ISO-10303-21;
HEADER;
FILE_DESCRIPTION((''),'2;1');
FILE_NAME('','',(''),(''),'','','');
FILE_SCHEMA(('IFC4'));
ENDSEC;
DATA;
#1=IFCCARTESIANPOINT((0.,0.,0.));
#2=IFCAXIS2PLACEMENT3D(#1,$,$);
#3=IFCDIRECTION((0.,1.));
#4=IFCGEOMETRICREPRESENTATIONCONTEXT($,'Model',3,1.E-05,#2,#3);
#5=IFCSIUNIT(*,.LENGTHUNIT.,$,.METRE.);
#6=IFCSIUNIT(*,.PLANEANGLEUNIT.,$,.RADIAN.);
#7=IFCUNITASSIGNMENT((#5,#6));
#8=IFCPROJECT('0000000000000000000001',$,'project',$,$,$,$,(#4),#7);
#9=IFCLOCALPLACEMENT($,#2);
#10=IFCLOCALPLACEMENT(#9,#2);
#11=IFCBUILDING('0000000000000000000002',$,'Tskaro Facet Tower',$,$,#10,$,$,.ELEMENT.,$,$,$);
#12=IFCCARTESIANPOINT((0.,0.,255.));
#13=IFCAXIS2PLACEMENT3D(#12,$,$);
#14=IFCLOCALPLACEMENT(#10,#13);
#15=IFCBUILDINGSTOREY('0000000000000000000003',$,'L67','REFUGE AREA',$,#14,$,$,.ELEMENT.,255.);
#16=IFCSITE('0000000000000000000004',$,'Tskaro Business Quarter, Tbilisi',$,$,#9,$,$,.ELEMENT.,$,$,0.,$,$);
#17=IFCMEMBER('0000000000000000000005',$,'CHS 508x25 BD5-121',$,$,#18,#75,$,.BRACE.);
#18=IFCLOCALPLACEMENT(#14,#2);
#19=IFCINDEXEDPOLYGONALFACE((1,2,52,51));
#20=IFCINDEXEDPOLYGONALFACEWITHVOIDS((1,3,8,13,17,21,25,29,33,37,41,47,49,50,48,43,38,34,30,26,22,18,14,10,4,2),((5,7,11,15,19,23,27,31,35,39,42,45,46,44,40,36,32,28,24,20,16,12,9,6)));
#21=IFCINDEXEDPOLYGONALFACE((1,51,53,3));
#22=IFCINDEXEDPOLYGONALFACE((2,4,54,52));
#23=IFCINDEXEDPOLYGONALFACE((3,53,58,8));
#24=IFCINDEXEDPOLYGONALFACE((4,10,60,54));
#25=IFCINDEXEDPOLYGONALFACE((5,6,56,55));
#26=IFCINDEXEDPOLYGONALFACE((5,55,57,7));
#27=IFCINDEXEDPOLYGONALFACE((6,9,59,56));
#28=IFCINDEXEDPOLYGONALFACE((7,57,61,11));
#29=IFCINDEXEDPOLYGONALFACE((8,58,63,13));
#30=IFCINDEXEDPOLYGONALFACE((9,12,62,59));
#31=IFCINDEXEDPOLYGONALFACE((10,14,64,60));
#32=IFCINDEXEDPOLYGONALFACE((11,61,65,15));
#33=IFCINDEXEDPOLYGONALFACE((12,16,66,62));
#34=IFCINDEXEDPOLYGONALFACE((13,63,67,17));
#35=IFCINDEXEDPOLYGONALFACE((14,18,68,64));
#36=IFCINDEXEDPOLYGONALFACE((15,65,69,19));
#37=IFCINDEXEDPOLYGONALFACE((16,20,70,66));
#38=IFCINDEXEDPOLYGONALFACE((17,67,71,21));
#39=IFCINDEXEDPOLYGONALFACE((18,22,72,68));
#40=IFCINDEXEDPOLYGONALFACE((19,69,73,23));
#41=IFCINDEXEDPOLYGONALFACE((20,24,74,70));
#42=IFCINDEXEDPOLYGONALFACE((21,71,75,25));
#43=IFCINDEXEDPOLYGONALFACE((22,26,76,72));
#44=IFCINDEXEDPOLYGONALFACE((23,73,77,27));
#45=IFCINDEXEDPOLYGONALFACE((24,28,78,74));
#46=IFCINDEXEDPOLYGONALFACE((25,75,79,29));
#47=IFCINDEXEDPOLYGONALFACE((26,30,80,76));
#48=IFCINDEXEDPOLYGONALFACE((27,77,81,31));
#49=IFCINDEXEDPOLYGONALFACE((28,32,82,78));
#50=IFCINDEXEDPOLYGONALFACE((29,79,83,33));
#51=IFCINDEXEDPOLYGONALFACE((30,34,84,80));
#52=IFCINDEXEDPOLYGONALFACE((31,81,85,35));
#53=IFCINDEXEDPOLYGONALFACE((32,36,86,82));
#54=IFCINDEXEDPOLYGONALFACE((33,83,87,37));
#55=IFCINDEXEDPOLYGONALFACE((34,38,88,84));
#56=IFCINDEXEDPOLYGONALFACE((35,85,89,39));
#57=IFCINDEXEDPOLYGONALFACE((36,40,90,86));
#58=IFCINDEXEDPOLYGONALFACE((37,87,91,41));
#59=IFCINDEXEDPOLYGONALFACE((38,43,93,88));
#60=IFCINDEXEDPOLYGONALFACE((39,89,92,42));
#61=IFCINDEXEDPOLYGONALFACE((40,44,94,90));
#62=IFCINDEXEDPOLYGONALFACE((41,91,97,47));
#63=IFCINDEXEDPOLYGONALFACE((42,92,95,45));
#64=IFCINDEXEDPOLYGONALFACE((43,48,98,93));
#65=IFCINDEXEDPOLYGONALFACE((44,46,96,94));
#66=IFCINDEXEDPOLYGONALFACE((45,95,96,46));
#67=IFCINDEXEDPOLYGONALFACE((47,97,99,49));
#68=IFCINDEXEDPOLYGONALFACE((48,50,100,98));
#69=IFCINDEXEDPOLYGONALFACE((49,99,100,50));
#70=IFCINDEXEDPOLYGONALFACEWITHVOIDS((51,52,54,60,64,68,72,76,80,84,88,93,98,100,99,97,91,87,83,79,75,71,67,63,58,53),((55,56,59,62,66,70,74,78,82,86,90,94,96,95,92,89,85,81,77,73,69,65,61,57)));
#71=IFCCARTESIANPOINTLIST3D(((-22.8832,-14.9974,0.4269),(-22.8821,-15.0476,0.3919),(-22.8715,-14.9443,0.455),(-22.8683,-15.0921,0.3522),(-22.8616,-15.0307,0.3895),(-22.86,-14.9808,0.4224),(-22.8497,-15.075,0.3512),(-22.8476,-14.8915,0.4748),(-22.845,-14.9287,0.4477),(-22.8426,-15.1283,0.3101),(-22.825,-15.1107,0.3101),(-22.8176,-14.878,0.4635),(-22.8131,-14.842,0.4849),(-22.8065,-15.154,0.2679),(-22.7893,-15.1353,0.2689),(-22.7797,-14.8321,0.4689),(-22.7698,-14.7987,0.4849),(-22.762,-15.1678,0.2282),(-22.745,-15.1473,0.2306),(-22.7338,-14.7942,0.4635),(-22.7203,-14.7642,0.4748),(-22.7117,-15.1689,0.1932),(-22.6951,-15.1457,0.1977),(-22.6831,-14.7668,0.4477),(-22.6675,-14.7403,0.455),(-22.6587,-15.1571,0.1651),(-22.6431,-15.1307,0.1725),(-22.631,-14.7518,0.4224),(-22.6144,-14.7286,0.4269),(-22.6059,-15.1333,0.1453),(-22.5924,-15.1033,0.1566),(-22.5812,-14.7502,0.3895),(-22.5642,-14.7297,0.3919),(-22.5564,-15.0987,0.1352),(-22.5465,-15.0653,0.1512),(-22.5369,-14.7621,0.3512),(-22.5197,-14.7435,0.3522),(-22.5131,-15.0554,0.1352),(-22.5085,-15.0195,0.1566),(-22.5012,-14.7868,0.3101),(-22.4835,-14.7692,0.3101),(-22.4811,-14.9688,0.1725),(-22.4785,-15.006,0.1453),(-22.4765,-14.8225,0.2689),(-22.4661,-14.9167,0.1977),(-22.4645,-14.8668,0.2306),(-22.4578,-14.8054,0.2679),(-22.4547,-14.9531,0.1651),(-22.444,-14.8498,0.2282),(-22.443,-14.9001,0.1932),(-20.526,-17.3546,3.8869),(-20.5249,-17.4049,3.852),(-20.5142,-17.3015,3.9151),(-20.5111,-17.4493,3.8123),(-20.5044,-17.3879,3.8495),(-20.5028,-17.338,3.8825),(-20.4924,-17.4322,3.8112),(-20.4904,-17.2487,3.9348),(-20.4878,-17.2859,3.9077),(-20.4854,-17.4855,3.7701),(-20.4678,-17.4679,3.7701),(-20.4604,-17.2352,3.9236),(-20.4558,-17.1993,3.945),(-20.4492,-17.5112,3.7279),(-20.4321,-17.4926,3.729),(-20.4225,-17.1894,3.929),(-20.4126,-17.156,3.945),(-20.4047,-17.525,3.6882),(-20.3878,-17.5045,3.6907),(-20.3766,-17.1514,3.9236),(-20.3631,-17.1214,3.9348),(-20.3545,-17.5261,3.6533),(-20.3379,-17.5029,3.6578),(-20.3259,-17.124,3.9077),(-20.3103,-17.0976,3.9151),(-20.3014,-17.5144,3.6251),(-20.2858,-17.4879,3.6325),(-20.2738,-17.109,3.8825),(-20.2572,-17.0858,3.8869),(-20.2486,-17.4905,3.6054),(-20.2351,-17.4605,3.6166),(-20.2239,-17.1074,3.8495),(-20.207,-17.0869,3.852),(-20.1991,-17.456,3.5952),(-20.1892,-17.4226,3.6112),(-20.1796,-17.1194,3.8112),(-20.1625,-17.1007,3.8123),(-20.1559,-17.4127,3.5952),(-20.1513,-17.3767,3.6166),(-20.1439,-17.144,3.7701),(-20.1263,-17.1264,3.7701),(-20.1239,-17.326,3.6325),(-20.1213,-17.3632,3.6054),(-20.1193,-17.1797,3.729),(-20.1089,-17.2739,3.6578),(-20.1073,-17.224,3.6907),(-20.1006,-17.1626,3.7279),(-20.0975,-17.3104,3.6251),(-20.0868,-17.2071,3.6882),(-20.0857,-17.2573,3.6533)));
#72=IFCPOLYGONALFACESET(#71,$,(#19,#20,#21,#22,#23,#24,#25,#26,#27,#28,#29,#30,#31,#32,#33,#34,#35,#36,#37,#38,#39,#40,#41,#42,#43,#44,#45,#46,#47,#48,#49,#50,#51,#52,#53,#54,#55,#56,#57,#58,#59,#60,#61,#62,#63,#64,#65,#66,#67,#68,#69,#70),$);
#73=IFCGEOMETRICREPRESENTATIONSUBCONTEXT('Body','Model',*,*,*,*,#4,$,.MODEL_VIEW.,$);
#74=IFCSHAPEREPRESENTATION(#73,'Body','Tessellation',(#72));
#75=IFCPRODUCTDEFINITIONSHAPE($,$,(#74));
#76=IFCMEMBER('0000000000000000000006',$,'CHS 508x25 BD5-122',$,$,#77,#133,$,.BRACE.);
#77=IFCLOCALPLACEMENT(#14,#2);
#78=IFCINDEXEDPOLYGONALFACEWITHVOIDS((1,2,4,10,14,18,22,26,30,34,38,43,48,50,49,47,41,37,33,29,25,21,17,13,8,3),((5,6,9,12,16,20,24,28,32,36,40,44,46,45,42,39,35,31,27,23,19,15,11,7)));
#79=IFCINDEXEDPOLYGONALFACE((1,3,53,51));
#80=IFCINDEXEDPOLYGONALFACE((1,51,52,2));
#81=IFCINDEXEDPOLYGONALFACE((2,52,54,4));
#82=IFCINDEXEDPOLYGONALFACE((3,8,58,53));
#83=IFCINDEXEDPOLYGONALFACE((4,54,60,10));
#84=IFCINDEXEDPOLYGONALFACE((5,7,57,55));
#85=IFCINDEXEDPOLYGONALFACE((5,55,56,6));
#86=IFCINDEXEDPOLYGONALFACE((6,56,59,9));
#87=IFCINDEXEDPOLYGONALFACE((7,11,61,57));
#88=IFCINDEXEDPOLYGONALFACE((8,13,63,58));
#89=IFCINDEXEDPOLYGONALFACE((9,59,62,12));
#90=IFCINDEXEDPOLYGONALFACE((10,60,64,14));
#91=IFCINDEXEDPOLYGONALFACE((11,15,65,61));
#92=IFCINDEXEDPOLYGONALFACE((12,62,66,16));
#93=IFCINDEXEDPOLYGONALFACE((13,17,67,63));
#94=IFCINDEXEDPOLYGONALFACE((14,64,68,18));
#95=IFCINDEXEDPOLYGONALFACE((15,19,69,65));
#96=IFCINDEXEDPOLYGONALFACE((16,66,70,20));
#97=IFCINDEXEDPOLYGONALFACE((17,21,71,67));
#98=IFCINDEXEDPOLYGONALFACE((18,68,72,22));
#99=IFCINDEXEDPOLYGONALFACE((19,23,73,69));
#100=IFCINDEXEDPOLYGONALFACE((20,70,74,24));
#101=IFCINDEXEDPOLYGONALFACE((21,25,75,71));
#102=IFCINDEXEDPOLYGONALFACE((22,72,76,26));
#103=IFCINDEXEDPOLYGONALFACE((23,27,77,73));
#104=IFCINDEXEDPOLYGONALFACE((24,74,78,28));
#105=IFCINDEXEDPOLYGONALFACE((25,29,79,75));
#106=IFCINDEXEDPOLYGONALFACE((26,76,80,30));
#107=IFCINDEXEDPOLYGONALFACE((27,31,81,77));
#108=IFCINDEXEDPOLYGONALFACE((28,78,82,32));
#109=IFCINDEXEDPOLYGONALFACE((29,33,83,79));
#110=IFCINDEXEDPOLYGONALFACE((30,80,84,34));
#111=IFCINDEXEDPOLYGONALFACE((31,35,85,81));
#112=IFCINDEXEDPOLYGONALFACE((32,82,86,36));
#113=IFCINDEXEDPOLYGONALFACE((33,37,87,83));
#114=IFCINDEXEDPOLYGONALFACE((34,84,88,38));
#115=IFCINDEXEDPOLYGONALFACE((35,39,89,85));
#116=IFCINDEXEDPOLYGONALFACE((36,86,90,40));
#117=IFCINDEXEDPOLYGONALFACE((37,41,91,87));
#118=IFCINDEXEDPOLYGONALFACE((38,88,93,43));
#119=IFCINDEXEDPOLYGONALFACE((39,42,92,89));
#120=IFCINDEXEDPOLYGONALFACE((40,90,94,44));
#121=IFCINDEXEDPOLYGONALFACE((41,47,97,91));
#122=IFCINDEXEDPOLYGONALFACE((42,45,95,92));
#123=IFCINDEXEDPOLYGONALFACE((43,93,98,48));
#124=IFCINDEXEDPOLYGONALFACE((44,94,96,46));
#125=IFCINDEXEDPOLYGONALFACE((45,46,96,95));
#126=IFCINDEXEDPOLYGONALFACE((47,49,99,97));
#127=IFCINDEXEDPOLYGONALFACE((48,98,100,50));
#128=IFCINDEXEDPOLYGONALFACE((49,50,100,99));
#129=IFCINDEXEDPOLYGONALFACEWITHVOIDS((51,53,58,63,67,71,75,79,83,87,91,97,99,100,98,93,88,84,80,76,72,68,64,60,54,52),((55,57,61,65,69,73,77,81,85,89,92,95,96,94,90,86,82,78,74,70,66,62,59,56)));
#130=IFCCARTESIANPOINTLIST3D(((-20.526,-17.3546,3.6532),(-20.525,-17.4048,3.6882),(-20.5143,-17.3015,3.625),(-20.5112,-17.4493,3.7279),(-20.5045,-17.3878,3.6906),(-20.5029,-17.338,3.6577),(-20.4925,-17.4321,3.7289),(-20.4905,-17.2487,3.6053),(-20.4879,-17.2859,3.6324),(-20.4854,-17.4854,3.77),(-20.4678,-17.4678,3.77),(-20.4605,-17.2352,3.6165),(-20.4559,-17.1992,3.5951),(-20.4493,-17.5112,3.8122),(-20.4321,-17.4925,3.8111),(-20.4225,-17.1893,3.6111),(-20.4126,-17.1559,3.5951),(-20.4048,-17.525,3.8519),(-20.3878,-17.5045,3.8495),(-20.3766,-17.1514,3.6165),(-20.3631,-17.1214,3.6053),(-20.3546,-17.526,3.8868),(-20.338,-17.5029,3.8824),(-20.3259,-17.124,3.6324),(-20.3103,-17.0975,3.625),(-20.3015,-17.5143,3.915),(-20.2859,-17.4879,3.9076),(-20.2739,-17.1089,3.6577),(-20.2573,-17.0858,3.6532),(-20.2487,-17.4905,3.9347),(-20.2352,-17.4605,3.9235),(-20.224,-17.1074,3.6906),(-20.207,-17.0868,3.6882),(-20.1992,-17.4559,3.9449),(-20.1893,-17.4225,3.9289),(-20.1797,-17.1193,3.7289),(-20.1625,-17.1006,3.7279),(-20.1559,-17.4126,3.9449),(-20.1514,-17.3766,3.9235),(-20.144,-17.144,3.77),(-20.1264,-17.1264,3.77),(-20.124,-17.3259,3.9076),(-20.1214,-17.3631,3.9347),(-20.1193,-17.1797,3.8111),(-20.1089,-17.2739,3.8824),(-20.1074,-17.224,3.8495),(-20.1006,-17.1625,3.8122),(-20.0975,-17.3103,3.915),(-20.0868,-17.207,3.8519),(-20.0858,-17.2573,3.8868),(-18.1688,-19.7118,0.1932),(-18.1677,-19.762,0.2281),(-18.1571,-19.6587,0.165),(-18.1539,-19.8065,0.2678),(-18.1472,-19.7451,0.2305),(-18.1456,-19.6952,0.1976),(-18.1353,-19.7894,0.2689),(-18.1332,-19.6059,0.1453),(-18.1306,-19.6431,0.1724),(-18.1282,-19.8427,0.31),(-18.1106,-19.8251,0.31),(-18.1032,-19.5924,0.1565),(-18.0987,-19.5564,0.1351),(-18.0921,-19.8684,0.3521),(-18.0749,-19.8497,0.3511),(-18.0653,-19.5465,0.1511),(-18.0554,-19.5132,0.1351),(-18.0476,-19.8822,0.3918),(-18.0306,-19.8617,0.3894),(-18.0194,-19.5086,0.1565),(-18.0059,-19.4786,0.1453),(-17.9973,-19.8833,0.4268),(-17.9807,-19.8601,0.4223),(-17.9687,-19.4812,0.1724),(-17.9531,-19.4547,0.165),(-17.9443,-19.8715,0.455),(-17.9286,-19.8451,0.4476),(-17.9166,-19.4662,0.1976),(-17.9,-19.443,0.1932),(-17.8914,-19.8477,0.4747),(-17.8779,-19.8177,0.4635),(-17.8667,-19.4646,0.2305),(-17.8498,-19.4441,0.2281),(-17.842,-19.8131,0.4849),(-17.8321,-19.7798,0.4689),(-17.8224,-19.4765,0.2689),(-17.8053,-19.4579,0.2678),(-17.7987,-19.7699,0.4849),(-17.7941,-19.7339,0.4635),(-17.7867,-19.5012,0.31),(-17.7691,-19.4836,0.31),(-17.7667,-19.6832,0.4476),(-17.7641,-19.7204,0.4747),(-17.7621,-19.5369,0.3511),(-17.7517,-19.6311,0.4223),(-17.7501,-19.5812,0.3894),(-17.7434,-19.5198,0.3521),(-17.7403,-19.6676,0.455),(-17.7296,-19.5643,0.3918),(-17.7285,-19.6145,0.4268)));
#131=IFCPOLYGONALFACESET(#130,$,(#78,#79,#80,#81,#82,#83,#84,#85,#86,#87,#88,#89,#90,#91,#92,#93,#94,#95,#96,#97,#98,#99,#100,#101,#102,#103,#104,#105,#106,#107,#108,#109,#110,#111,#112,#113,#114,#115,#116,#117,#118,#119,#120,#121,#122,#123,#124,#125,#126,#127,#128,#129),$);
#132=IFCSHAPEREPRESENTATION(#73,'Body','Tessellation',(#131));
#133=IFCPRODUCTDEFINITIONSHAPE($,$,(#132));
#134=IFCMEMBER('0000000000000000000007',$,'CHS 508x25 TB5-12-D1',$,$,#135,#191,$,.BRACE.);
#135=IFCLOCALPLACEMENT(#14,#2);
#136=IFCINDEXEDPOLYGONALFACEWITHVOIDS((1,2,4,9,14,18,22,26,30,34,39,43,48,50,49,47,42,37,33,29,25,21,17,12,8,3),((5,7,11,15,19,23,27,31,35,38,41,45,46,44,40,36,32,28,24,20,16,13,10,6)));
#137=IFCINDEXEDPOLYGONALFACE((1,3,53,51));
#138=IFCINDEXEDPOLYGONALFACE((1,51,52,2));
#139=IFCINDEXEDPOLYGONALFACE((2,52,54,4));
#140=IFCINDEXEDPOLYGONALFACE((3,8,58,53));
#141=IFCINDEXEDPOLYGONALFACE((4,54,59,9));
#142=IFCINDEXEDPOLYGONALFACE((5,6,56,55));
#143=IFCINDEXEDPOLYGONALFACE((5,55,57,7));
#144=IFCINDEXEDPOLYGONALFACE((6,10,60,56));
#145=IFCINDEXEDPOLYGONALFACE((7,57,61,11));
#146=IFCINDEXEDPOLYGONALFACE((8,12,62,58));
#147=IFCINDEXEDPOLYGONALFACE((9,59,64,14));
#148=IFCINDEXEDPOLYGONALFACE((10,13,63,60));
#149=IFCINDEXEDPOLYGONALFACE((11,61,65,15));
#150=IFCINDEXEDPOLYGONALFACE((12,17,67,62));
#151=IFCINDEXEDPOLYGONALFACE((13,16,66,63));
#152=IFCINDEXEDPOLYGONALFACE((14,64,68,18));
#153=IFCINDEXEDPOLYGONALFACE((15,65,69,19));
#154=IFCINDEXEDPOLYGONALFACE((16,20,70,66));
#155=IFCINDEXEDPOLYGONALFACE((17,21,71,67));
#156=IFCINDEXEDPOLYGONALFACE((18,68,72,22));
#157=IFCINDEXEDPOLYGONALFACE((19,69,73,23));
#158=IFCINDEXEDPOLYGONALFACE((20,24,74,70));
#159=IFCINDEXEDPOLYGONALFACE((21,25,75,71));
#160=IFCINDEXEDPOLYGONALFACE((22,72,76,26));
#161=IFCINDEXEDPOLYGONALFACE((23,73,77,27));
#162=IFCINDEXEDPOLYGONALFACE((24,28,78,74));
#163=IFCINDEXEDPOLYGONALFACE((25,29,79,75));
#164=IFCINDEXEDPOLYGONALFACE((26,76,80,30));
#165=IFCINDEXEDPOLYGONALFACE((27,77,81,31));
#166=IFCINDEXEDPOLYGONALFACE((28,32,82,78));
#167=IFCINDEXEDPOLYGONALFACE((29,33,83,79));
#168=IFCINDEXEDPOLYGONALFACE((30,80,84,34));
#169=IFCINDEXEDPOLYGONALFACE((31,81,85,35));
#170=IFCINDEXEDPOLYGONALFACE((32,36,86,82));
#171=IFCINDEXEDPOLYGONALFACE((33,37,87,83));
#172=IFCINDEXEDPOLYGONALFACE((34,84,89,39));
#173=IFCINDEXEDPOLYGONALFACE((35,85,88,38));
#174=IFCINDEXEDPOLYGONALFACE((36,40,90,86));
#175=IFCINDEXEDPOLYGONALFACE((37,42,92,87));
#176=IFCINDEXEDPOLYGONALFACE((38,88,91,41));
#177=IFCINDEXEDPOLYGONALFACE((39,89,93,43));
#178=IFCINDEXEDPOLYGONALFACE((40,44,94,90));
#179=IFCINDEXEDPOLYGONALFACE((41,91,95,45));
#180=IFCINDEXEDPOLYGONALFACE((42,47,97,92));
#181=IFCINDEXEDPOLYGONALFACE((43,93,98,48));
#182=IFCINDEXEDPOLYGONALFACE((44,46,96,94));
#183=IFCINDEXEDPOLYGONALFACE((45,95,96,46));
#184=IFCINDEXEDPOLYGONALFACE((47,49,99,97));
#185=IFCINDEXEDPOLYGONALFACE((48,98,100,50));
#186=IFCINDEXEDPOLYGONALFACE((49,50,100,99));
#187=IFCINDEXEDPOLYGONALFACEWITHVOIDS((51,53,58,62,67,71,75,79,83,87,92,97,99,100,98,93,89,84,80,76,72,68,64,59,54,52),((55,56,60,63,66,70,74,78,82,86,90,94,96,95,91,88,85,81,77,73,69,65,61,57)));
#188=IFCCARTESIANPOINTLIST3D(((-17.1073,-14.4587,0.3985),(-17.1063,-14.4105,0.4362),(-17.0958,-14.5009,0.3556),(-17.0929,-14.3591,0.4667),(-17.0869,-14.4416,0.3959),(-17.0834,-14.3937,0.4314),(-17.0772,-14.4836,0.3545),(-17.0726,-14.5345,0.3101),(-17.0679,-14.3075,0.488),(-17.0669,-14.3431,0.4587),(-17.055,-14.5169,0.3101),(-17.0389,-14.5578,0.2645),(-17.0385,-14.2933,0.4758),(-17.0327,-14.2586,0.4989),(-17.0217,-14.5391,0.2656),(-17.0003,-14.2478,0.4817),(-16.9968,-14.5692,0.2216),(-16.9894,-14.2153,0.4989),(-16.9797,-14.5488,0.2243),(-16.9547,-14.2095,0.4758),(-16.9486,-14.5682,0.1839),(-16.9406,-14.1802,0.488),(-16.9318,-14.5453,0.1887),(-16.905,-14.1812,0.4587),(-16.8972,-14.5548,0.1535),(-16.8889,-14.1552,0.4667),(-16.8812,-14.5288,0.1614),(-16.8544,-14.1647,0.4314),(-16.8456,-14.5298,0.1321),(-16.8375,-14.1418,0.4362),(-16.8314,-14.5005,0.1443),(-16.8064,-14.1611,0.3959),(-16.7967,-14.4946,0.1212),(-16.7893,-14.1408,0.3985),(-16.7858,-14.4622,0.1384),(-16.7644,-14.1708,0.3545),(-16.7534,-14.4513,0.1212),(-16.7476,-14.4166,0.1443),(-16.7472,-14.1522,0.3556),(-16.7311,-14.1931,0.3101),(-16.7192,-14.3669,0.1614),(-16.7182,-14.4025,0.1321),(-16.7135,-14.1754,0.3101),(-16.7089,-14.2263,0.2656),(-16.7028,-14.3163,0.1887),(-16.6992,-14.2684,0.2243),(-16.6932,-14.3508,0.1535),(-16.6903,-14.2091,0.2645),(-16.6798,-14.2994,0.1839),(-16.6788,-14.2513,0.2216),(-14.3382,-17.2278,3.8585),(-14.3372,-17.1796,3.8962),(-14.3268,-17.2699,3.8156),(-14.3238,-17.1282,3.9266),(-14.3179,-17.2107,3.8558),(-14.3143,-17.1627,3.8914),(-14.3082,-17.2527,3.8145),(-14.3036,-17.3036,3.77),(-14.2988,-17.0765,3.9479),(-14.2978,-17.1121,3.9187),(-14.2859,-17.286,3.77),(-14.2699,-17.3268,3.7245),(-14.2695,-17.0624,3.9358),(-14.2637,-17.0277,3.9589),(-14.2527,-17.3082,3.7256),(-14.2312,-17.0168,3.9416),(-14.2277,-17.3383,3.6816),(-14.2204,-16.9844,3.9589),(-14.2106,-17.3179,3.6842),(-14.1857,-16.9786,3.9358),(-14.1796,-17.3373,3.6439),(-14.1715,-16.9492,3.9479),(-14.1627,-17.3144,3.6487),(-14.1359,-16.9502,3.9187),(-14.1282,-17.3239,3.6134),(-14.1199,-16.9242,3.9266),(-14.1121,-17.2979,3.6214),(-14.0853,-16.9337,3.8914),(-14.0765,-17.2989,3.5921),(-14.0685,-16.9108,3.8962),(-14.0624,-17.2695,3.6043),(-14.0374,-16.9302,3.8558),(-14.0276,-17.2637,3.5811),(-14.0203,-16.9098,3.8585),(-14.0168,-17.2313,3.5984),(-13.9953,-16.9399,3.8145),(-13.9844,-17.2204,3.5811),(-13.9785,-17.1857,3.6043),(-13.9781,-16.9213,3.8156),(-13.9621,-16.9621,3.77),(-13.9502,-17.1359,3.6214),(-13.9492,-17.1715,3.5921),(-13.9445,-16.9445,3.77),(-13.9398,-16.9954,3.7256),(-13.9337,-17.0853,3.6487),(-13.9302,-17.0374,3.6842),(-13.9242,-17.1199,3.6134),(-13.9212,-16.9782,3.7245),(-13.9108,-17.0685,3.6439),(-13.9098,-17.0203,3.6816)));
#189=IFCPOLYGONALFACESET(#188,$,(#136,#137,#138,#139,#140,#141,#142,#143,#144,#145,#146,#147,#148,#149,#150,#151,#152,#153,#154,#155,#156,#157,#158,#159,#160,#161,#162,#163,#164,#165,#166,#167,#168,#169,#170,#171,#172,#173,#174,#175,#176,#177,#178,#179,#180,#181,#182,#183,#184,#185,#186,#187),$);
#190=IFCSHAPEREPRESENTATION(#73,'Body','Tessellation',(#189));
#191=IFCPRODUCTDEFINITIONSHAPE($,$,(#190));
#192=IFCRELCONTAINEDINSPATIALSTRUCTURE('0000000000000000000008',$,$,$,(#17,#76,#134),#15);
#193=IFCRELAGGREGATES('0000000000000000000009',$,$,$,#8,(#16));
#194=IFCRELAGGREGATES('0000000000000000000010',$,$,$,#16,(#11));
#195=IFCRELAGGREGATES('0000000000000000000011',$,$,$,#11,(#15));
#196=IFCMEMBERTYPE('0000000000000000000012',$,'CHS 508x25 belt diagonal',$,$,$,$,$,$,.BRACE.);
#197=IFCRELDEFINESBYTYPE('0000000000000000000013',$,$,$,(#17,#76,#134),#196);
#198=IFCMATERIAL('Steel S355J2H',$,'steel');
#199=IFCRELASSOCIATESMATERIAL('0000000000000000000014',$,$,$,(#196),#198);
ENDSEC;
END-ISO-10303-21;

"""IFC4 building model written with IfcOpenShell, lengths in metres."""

from ifc_helpers import new_model, si_unit, direction, frame, origin, origin_2d, place, context, subcontext, project, spatial, hollow_circle, extrude, material, material_profile, profile_set, type_object, element, save


model = new_model("IFC4")

# Units and contexts
model_context = context("Model", 3, precision=1e-05, world=origin(), true_north=direction((0.0, 1.0)))
body_context = subcontext(model_context, "Body", "Model", "MODEL_VIEW")
ifc_project = project(units=[si_unit("LENGTHUNIT", "METRE"), si_unit("PLANEANGLEUNIT", "RADIAN")], contexts=[model_context])

# Site, building, storey
site_placement = place(None, origin())
site = spatial("IfcSite", under=ifc_project, at=site_placement, Name="Tskaro Business Quarter, Tbilisi", CompositionType="ELEMENT", RefElevation=0.0)
building_placement = place(site_placement, origin())
building = spatial("IfcBuilding", under=site, at=building_placement, Name="Tskaro Facet Tower", CompositionType="ELEMENT")
storey_placement = place(building_placement, frame((0.0, 0.0, 255.0)))
storey = spatial("IfcBuildingStorey", under=building, at=storey_placement, Name="L67", Description="REFUGE AREA", CompositionType="ELEMENT", Elevation=255.0)

# Shared definitions
ifc_material_1 = material(Name="Steel S355J2H", Category="steel")

# Members
ifc_material_profile_1 = material_profile(ifc_material_1, hollow_circle(Radius=0.2539, WallThickness=0.0249, at=origin_2d()), Name="CHS 508x25")
ifc_profile_set_1 = profile_set([ifc_material_profile_1], Name="Steel S355J2H")
member_type_1 = type_object("IfcMemberType", Name="CHS 508x25 belt diagonal", PredefinedType="BRACE", material=ifc_profile_set_1)
for number, where, z_axis, x_axis, name in (
    (1, (-22.6631, -14.9487, 0.3101), (0.490611, -0.490611, 0.720139), (0.707107, 0.707107, 0.0), "CHS 508x25 BD5-121"),
    (2, (-20.3059, -17.3059, 3.77), (0.490611, -0.490611, -0.720139), (0.707107, 0.707107, 0.0), "CHS 508x25 BD5-122"),
):
    element("IfcMember", number, at=place(storey_placement, frame(where, z_axis=z_axis, x_axis=x_axis)), inside=storey, type_object=member_type_1, Name=name, PredefinedType="BRACE", context=body_context, shape_type="SweptSolid", body=[
        extrude(hollow_circle(Radius=0.2539, WallThickness=0.0249, at=origin_2d()), origin(), (0.0, 0.0, 1.0), 4.8047),
    ])
member_1_placement = place(storey_placement, frame((-16.8931, -14.355, 0.3101), z_axis=(0.529903, -0.529903, 0.662122), x_axis=(0.707107, 0.707107, 0.0)))
element("IfcMember", 3, at=member_1_placement, inside=storey, type_object=member_type_1, Name="CHS 508x25 TB5-12-D1", PredefinedType="BRACE", context=body_context, shape_type="SweptSolid", body=[
    extrude(hollow_circle(Radius=0.2539, WallThickness=0.0249, at=origin_2d()), origin(), (0.0, 0.0, 1.0), 5.2256),
])

save(model, "model.ifc")
